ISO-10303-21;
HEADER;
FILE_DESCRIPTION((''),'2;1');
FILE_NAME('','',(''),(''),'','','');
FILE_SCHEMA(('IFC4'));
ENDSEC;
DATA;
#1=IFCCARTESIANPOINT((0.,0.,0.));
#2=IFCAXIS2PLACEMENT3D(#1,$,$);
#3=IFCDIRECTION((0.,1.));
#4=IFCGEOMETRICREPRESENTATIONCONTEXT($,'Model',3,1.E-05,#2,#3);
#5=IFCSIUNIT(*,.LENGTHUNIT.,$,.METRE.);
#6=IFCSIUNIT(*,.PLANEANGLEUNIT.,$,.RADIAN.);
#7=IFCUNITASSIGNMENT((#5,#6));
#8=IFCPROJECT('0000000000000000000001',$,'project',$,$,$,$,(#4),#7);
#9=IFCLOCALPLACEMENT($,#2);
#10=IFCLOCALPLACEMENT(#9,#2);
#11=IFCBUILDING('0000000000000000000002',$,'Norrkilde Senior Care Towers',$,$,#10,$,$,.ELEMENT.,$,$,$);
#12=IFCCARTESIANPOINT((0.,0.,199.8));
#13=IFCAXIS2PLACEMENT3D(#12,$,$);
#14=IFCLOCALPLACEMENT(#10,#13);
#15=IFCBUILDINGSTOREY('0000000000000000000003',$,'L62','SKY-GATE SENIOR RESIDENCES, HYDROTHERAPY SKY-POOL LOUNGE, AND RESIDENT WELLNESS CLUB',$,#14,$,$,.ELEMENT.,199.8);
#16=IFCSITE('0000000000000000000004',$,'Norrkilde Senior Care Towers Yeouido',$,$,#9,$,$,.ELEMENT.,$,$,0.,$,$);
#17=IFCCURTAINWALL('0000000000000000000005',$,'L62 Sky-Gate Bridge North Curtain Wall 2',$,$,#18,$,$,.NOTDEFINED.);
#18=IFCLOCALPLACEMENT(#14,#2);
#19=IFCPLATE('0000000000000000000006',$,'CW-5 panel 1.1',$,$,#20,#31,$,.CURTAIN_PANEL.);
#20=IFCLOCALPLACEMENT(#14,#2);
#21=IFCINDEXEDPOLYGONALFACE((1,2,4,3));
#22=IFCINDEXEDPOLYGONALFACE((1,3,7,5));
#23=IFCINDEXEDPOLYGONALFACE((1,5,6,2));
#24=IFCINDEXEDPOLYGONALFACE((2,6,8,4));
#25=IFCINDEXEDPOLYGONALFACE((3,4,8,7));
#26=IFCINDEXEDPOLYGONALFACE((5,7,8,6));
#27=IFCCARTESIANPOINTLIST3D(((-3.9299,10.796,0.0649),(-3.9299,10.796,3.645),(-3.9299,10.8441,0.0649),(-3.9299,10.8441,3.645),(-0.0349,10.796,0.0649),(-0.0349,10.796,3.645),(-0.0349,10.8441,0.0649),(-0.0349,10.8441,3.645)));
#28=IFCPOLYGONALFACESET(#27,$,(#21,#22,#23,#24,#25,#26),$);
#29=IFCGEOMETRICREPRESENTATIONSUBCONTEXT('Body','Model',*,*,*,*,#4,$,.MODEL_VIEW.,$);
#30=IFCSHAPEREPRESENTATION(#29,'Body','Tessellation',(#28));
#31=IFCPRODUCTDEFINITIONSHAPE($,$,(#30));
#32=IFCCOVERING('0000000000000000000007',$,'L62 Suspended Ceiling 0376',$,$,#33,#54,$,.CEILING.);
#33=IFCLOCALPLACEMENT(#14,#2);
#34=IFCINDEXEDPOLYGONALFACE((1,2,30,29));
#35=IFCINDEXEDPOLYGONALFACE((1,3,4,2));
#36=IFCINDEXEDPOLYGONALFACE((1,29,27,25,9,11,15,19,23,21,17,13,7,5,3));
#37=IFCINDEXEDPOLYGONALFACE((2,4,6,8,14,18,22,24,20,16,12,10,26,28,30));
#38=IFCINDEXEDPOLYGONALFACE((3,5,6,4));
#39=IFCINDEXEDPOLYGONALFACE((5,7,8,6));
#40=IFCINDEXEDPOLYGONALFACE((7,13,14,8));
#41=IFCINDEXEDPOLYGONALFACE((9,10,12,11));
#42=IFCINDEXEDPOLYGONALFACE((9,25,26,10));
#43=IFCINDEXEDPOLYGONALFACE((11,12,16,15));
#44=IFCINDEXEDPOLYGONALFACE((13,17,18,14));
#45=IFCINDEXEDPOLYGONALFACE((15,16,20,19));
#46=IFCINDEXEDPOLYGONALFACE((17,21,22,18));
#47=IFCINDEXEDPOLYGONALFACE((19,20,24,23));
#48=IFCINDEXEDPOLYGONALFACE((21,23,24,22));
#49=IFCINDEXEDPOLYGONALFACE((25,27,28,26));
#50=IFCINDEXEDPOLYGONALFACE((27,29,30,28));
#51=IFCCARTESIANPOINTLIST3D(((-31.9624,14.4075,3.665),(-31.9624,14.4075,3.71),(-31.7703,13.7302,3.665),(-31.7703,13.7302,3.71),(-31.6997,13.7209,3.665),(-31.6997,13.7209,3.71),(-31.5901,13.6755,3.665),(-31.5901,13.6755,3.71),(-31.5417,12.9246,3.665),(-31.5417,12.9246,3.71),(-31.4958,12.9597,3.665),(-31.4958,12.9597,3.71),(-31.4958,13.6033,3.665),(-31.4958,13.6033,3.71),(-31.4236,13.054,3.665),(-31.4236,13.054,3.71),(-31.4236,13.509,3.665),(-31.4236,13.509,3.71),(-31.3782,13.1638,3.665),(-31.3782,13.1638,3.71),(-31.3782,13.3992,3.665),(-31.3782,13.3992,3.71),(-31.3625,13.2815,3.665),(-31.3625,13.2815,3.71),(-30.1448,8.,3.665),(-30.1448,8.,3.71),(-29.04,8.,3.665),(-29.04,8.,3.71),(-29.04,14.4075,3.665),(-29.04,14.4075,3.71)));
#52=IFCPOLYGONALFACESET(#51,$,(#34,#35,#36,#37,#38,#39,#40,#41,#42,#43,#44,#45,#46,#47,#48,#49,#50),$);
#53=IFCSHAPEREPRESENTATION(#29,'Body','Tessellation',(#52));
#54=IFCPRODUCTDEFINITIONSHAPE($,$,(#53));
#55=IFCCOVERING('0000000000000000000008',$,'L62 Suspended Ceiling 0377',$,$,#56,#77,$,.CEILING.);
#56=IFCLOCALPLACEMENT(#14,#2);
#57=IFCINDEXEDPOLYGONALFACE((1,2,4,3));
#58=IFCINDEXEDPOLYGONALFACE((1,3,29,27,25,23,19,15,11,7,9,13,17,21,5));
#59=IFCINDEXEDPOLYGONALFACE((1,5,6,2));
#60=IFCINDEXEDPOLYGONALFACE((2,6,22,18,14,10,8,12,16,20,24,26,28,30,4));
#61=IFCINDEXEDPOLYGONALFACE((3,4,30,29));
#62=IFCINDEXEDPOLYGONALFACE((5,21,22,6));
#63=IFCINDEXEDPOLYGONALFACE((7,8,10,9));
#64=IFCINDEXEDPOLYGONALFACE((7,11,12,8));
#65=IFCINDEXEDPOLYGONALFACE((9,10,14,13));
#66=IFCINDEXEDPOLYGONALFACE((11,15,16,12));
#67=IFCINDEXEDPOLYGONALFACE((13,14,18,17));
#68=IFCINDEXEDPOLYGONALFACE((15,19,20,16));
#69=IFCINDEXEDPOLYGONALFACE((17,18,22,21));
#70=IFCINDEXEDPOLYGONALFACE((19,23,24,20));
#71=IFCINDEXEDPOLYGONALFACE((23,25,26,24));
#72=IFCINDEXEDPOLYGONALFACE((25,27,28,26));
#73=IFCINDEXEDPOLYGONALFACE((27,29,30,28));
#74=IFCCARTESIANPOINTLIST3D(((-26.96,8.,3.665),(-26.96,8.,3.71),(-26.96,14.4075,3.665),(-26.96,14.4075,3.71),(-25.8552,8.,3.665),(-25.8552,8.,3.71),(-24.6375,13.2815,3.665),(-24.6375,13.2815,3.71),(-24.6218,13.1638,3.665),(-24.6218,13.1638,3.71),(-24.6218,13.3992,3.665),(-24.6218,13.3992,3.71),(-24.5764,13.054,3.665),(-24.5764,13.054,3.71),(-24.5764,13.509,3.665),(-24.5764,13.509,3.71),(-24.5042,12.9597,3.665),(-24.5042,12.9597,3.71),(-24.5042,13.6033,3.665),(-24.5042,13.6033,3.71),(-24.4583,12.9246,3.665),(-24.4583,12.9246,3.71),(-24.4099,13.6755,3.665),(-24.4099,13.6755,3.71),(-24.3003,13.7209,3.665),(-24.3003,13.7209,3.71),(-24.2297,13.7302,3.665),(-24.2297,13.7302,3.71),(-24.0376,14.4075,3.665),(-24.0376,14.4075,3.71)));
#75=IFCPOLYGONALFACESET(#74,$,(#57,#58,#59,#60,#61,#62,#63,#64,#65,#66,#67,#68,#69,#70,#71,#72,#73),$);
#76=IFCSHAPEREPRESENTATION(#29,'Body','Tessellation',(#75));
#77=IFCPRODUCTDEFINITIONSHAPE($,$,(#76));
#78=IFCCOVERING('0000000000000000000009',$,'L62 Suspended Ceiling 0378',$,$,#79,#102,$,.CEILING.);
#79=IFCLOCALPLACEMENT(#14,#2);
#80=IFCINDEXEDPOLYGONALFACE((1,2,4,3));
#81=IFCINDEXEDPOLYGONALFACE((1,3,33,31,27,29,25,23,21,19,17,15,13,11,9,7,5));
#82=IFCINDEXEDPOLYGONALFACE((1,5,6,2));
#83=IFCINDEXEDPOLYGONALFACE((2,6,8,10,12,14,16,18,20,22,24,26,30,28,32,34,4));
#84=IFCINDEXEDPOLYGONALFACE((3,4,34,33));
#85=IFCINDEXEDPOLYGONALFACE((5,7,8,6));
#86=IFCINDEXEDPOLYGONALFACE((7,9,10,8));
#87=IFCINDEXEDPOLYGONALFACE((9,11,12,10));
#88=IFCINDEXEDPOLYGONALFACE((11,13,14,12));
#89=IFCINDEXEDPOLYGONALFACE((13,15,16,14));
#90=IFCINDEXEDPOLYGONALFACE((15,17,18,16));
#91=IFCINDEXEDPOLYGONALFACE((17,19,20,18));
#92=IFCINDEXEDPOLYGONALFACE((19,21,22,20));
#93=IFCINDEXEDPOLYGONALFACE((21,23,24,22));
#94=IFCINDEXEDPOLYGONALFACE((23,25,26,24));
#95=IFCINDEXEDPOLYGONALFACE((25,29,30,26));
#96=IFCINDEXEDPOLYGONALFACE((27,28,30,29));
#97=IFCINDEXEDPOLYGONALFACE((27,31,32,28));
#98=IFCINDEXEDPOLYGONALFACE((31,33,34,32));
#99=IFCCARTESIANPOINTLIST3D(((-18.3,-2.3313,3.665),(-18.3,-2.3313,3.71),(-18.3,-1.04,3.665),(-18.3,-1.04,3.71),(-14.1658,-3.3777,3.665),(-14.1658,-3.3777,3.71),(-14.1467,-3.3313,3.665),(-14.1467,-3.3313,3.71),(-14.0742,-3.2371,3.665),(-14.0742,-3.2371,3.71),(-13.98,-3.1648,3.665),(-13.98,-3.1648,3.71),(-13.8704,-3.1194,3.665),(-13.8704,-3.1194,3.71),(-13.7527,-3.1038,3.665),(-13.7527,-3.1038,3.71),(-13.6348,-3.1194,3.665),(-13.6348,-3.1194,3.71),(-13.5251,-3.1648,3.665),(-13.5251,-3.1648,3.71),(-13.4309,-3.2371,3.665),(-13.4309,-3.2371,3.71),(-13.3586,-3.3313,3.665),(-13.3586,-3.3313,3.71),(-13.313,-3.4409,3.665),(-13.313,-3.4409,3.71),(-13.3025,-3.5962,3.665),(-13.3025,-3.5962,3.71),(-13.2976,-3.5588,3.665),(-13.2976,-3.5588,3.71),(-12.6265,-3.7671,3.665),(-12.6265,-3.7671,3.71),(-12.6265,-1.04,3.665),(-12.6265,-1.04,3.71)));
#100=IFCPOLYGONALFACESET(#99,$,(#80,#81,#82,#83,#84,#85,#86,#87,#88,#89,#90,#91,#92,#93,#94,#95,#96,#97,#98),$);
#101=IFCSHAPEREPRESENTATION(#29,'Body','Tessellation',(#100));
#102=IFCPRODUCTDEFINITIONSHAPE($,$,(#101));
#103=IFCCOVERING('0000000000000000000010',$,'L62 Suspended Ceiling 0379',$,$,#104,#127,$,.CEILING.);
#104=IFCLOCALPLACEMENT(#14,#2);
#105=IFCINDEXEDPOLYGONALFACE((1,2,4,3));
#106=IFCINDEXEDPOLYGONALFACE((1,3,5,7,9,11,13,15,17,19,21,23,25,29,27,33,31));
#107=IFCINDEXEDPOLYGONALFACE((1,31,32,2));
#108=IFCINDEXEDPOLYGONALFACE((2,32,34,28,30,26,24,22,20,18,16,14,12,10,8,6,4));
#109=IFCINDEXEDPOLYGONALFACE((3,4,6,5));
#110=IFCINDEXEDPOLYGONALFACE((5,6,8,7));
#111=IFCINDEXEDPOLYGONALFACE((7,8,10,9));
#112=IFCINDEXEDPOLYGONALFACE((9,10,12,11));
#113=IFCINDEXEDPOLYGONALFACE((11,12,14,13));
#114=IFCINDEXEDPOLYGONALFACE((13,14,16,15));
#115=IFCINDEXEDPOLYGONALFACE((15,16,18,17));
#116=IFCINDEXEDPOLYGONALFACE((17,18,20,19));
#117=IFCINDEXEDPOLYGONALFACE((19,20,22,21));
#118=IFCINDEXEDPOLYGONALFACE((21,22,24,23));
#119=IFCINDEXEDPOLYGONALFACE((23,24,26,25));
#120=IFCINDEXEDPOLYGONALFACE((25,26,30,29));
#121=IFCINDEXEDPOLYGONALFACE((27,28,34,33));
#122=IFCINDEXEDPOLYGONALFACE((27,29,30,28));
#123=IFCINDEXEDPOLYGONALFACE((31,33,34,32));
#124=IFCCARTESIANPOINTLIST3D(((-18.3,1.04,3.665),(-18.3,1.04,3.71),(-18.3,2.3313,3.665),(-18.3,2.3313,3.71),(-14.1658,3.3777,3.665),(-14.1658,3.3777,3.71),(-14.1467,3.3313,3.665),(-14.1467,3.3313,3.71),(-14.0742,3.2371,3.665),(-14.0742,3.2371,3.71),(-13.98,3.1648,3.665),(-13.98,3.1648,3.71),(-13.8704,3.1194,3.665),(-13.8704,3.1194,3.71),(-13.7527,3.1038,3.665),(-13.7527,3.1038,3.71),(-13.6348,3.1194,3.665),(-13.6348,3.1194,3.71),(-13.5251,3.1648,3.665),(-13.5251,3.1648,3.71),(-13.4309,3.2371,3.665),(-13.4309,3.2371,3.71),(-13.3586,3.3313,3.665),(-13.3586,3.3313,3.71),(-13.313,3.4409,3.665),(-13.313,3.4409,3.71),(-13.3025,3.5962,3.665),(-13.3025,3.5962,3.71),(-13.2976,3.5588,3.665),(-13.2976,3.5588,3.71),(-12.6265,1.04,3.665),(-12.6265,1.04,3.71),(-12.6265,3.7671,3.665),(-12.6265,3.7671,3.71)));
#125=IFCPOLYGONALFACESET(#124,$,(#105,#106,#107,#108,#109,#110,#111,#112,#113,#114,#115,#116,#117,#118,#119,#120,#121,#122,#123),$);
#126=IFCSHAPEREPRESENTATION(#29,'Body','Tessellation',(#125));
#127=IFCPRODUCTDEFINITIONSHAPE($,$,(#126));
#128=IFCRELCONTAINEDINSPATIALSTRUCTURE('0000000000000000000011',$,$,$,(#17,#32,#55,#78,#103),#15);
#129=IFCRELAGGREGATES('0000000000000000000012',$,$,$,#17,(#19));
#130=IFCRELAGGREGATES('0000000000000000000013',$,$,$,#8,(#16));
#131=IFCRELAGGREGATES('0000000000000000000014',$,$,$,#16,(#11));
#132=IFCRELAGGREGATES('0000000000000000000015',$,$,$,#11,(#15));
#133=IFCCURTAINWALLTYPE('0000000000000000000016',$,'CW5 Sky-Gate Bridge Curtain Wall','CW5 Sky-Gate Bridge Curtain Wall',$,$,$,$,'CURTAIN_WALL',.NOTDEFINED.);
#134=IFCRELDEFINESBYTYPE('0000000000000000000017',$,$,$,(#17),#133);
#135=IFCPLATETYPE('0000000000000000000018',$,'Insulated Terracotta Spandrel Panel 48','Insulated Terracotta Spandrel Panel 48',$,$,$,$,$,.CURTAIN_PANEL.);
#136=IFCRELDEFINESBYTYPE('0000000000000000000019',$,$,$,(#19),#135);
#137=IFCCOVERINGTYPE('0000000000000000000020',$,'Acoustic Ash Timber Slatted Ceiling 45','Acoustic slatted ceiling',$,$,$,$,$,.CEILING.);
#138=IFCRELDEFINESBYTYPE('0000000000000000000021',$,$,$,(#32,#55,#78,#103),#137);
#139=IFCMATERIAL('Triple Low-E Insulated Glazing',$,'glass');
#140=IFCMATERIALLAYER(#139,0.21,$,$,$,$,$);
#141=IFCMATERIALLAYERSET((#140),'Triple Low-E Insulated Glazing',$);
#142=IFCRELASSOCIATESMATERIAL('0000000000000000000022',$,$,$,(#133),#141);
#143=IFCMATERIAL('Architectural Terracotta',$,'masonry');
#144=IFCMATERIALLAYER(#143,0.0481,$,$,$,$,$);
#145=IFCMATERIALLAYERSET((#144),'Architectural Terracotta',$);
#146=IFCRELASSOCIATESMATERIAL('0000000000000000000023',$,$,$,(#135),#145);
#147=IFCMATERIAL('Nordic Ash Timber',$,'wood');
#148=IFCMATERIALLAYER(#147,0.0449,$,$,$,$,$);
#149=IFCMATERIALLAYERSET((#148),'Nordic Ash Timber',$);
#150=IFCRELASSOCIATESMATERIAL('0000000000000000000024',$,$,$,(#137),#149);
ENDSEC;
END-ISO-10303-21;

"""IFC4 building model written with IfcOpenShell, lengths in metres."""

from ifc_helpers import new_model, si_unit, direction, frame, origin, origin_2d, place, context, subcontext, project, spatial, polyline, rectangle, outline, extrude, source, transform, mapped, material, layer, layer_set, type_object, type_shapes, element, aggregate, save


model = new_model("IFC4")

# Units and contexts
model_context = context("Model", 3, precision=1e-05, world=origin(), true_north=direction((0.0, 1.0)))
body_context = subcontext(model_context, "Body", "Model", "MODEL_VIEW")
ifc_project = project(units=[si_unit("LENGTHUNIT", "METRE"), si_unit("PLANEANGLEUNIT", "RADIAN")], contexts=[model_context])

# Site, building, storey
site_placement = place(None, origin())
site = spatial("IfcSite", under=ifc_project, at=site_placement, Name="Norrkilde Senior Care Towers Yeouido", CompositionType="ELEMENT", RefElevation=0.0)
building_placement = place(site_placement, origin())
building = spatial("IfcBuilding", under=site, at=building_placement, Name="Norrkilde Senior Care Towers", CompositionType="ELEMENT")
storey_placement = place(building_placement, frame((0.0, 0.0, 199.8)))
storey = spatial("IfcBuildingStorey", under=building, at=storey_placement, Name="L62", Description="SKY-GATE SENIOR RESIDENCES, HYDROTHERAPY SKY-POOL LOUNGE, AND RESIDENT WELLNESS CLUB", CompositionType="ELEMENT", Elevation=199.8)

# Curtain wall
ifc_material_1 = material(Name="Triple Low-E Insulated Glazing", Category="glass")
ifc_layer_1 = layer(ifc_material_1, 0.21)
ifc_layer_set_1 = layer_set([ifc_layer_1], Name="Triple Low-E Insulated Glazing")
curtain_wall_type = type_object("IfcCurtainWallType", Name="CW5 Sky-Gate Bridge Curtain Wall", Description="CW5 Sky-Gate Bridge Curtain Wall", ElementType="CURTAIN_WALL", PredefinedType="NOTDEFINED", material=ifc_layer_set_1)
curtain_wall_placement = place(storey_placement, origin())
curtain_wall = element("IfcCurtainWall", 1, at=curtain_wall_placement, inside=storey, type_object=curtain_wall_type, Name="L62 Sky-Gate Bridge North Curtain Wall 2", PredefinedType="NOTDEFINED")

# Plate
ifc_material_2 = material(Name="Architectural Terracotta", Category="masonry")
ifc_layer_2 = layer(ifc_material_2, 0.0481)
ifc_layer_set_2 = layer_set([ifc_layer_2], Name="Architectural Terracotta")
plate_type_1 = type_object("IfcPlateType", Name="Insulated Terracotta Spandrel Panel 48", Description="Insulated Terracotta Spandrel Panel 48", PredefinedType="CURTAIN_PANEL", material=ifc_layer_set_2)
shared_shape_1 = source(origin(), body_context, "Body", "SweptSolid", [
    extrude(rectangle(XDim=3.895, YDim=0.0481, at=origin_2d()), origin(), (0.0, 0.0, 1.0), 3.5801),
])
type_shapes(plate_type_1, [shared_shape_1])
plate_1_placement = place(storey_placement, frame((-1.9824, 10.8201, 0.0649), z_axis=(0.0, 0.0, 1.0), x_axis=(1.0, 0.0, 0.0)))
plate_1 = element("IfcPlate", 2, at=plate_1_placement, type_object=plate_type_1, Name="CW-5 panel 1.1", PredefinedType="CURTAIN_PANEL", context=body_context, shape_type="MappedRepresentation", body=[
    mapped(shared_shape_1, transform((0.0, 0.0, 0.0), x_axis=(1.0, 0.0, 0.0), y_axis=(0.0, 1.0, 0.0), z_axis=(0.0, 0.0, 1.0), scale=1.0)),
])
aggregate(curtain_wall, [plate_1])

# Coverings
ifc_material_3 = material(Name="Nordic Ash Timber", Category="wood")
ifc_layer_3 = layer(ifc_material_3, 0.0449)
ifc_layer_set_3 = layer_set([ifc_layer_3], Name="Nordic Ash Timber")
covering_type_1 = type_object("IfcCoveringType", Name="Acoustic Ash Timber Slatted Ceiling 45", Description="Acoustic slatted ceiling", PredefinedType="CEILING", material=ifc_layer_set_3)
covering_1_placement = place(storey_placement, frame((0.0, 0.0, 3.665)))
element("IfcCovering", 3, at=covering_1_placement, inside=storey, type_object=covering_type_1, Name="L62 Suspended Ceiling 0376", PredefinedType="CEILING", context=body_context, shape_type="SweptSolid", body=[
    extrude(outline(polyline([(-29.04, 14.4075), (-29.04, 8.0), (-30.1448, 8.0), (-31.5417, 12.9246), (-31.4958, 12.9597), (-31.4236, 13.054), (-31.3782, 13.1638), (-31.3625, 13.2815), (-31.3782, 13.3992), (-31.4236, 13.509), (-31.4958, 13.6033), (-31.5901, 13.6755), (-31.6997, 13.7209), (-31.7703, 13.7302), (-31.9624, 14.4075), (-29.04, 14.4075)])), origin(), (0.0, 0.0, 1.0), 0.0449),
])
covering_2_placement = place(storey_placement, frame((0.0, 0.0, 3.665)))
element("IfcCovering", 4, at=covering_2_placement, inside=storey, type_object=covering_type_1, Name="L62 Suspended Ceiling 0377", PredefinedType="CEILING", context=body_context, shape_type="SweptSolid", body=[
    extrude(outline(polyline([(-24.0376, 14.4075), (-24.2297, 13.7302), (-24.3003, 13.7209), (-24.4099, 13.6755), (-24.5042, 13.6033), (-24.5764, 13.509), (-24.6218, 13.3992), (-24.6375, 13.2815), (-24.6218, 13.1638), (-24.5764, 13.054), (-24.5042, 12.9597), (-24.4583, 12.9246), (-25.8552, 8.0), (-26.96, 8.0), (-26.96, 14.4075), (-24.0376, 14.4075)])), origin(), (0.0, 0.0, 1.0), 0.0449),
])
covering_3_placement = place(storey_placement, frame((0.0, 0.0, 3.665)))
element("IfcCovering", 5, at=covering_3_placement, inside=storey, type_object=covering_type_1, Name="L62 Suspended Ceiling 0378", PredefinedType="CEILING", context=body_context, shape_type="SweptSolid", body=[
    extrude(outline(polyline([(-12.6265, -3.7671), (-13.3025, -3.5962), (-13.2976, -3.5588), (-13.313, -3.4409), (-13.3586, -3.3313), (-13.4309, -3.2371), (-13.5251, -3.1648), (-13.6348, -3.1194), (-13.7527, -3.1038), (-13.8704, -3.1194), (-13.98, -3.1648), (-14.0742, -3.2371), (-14.1467, -3.3313), (-14.1658, -3.3777), (-18.3, -2.3313), (-18.3, -1.04), (-12.6265, -1.04), (-12.6265, -3.7671)])), origin(), (0.0, 0.0, 1.0), 0.0449),
])
covering_4_placement = place(storey_placement, frame((0.0, 0.0, 3.665)))
element("IfcCovering", 6, at=covering_4_placement, inside=storey, type_object=covering_type_1, Name="L62 Suspended Ceiling 0379", PredefinedType="CEILING", context=body_context, shape_type="SweptSolid", body=[
    extrude(outline(polyline([(-12.6265, 1.04), (-18.3, 1.04), (-18.3, 2.3313), (-14.1658, 3.3777), (-14.1467, 3.3313), (-14.0742, 3.2371), (-13.98, 3.1648), (-13.8704, 3.1194), (-13.7527, 3.1038), (-13.6348, 3.1194), (-13.5251, 3.1648), (-13.4309, 3.2371), (-13.3586, 3.3313), (-13.313, 3.4409), (-13.2976, 3.5588), (-13.3025, 3.5962), (-12.6265, 3.7671), (-12.6265, 1.04)])), origin(), (0.0, 0.0, 1.0), 0.0449),
])

save(model, "model.ifc")
